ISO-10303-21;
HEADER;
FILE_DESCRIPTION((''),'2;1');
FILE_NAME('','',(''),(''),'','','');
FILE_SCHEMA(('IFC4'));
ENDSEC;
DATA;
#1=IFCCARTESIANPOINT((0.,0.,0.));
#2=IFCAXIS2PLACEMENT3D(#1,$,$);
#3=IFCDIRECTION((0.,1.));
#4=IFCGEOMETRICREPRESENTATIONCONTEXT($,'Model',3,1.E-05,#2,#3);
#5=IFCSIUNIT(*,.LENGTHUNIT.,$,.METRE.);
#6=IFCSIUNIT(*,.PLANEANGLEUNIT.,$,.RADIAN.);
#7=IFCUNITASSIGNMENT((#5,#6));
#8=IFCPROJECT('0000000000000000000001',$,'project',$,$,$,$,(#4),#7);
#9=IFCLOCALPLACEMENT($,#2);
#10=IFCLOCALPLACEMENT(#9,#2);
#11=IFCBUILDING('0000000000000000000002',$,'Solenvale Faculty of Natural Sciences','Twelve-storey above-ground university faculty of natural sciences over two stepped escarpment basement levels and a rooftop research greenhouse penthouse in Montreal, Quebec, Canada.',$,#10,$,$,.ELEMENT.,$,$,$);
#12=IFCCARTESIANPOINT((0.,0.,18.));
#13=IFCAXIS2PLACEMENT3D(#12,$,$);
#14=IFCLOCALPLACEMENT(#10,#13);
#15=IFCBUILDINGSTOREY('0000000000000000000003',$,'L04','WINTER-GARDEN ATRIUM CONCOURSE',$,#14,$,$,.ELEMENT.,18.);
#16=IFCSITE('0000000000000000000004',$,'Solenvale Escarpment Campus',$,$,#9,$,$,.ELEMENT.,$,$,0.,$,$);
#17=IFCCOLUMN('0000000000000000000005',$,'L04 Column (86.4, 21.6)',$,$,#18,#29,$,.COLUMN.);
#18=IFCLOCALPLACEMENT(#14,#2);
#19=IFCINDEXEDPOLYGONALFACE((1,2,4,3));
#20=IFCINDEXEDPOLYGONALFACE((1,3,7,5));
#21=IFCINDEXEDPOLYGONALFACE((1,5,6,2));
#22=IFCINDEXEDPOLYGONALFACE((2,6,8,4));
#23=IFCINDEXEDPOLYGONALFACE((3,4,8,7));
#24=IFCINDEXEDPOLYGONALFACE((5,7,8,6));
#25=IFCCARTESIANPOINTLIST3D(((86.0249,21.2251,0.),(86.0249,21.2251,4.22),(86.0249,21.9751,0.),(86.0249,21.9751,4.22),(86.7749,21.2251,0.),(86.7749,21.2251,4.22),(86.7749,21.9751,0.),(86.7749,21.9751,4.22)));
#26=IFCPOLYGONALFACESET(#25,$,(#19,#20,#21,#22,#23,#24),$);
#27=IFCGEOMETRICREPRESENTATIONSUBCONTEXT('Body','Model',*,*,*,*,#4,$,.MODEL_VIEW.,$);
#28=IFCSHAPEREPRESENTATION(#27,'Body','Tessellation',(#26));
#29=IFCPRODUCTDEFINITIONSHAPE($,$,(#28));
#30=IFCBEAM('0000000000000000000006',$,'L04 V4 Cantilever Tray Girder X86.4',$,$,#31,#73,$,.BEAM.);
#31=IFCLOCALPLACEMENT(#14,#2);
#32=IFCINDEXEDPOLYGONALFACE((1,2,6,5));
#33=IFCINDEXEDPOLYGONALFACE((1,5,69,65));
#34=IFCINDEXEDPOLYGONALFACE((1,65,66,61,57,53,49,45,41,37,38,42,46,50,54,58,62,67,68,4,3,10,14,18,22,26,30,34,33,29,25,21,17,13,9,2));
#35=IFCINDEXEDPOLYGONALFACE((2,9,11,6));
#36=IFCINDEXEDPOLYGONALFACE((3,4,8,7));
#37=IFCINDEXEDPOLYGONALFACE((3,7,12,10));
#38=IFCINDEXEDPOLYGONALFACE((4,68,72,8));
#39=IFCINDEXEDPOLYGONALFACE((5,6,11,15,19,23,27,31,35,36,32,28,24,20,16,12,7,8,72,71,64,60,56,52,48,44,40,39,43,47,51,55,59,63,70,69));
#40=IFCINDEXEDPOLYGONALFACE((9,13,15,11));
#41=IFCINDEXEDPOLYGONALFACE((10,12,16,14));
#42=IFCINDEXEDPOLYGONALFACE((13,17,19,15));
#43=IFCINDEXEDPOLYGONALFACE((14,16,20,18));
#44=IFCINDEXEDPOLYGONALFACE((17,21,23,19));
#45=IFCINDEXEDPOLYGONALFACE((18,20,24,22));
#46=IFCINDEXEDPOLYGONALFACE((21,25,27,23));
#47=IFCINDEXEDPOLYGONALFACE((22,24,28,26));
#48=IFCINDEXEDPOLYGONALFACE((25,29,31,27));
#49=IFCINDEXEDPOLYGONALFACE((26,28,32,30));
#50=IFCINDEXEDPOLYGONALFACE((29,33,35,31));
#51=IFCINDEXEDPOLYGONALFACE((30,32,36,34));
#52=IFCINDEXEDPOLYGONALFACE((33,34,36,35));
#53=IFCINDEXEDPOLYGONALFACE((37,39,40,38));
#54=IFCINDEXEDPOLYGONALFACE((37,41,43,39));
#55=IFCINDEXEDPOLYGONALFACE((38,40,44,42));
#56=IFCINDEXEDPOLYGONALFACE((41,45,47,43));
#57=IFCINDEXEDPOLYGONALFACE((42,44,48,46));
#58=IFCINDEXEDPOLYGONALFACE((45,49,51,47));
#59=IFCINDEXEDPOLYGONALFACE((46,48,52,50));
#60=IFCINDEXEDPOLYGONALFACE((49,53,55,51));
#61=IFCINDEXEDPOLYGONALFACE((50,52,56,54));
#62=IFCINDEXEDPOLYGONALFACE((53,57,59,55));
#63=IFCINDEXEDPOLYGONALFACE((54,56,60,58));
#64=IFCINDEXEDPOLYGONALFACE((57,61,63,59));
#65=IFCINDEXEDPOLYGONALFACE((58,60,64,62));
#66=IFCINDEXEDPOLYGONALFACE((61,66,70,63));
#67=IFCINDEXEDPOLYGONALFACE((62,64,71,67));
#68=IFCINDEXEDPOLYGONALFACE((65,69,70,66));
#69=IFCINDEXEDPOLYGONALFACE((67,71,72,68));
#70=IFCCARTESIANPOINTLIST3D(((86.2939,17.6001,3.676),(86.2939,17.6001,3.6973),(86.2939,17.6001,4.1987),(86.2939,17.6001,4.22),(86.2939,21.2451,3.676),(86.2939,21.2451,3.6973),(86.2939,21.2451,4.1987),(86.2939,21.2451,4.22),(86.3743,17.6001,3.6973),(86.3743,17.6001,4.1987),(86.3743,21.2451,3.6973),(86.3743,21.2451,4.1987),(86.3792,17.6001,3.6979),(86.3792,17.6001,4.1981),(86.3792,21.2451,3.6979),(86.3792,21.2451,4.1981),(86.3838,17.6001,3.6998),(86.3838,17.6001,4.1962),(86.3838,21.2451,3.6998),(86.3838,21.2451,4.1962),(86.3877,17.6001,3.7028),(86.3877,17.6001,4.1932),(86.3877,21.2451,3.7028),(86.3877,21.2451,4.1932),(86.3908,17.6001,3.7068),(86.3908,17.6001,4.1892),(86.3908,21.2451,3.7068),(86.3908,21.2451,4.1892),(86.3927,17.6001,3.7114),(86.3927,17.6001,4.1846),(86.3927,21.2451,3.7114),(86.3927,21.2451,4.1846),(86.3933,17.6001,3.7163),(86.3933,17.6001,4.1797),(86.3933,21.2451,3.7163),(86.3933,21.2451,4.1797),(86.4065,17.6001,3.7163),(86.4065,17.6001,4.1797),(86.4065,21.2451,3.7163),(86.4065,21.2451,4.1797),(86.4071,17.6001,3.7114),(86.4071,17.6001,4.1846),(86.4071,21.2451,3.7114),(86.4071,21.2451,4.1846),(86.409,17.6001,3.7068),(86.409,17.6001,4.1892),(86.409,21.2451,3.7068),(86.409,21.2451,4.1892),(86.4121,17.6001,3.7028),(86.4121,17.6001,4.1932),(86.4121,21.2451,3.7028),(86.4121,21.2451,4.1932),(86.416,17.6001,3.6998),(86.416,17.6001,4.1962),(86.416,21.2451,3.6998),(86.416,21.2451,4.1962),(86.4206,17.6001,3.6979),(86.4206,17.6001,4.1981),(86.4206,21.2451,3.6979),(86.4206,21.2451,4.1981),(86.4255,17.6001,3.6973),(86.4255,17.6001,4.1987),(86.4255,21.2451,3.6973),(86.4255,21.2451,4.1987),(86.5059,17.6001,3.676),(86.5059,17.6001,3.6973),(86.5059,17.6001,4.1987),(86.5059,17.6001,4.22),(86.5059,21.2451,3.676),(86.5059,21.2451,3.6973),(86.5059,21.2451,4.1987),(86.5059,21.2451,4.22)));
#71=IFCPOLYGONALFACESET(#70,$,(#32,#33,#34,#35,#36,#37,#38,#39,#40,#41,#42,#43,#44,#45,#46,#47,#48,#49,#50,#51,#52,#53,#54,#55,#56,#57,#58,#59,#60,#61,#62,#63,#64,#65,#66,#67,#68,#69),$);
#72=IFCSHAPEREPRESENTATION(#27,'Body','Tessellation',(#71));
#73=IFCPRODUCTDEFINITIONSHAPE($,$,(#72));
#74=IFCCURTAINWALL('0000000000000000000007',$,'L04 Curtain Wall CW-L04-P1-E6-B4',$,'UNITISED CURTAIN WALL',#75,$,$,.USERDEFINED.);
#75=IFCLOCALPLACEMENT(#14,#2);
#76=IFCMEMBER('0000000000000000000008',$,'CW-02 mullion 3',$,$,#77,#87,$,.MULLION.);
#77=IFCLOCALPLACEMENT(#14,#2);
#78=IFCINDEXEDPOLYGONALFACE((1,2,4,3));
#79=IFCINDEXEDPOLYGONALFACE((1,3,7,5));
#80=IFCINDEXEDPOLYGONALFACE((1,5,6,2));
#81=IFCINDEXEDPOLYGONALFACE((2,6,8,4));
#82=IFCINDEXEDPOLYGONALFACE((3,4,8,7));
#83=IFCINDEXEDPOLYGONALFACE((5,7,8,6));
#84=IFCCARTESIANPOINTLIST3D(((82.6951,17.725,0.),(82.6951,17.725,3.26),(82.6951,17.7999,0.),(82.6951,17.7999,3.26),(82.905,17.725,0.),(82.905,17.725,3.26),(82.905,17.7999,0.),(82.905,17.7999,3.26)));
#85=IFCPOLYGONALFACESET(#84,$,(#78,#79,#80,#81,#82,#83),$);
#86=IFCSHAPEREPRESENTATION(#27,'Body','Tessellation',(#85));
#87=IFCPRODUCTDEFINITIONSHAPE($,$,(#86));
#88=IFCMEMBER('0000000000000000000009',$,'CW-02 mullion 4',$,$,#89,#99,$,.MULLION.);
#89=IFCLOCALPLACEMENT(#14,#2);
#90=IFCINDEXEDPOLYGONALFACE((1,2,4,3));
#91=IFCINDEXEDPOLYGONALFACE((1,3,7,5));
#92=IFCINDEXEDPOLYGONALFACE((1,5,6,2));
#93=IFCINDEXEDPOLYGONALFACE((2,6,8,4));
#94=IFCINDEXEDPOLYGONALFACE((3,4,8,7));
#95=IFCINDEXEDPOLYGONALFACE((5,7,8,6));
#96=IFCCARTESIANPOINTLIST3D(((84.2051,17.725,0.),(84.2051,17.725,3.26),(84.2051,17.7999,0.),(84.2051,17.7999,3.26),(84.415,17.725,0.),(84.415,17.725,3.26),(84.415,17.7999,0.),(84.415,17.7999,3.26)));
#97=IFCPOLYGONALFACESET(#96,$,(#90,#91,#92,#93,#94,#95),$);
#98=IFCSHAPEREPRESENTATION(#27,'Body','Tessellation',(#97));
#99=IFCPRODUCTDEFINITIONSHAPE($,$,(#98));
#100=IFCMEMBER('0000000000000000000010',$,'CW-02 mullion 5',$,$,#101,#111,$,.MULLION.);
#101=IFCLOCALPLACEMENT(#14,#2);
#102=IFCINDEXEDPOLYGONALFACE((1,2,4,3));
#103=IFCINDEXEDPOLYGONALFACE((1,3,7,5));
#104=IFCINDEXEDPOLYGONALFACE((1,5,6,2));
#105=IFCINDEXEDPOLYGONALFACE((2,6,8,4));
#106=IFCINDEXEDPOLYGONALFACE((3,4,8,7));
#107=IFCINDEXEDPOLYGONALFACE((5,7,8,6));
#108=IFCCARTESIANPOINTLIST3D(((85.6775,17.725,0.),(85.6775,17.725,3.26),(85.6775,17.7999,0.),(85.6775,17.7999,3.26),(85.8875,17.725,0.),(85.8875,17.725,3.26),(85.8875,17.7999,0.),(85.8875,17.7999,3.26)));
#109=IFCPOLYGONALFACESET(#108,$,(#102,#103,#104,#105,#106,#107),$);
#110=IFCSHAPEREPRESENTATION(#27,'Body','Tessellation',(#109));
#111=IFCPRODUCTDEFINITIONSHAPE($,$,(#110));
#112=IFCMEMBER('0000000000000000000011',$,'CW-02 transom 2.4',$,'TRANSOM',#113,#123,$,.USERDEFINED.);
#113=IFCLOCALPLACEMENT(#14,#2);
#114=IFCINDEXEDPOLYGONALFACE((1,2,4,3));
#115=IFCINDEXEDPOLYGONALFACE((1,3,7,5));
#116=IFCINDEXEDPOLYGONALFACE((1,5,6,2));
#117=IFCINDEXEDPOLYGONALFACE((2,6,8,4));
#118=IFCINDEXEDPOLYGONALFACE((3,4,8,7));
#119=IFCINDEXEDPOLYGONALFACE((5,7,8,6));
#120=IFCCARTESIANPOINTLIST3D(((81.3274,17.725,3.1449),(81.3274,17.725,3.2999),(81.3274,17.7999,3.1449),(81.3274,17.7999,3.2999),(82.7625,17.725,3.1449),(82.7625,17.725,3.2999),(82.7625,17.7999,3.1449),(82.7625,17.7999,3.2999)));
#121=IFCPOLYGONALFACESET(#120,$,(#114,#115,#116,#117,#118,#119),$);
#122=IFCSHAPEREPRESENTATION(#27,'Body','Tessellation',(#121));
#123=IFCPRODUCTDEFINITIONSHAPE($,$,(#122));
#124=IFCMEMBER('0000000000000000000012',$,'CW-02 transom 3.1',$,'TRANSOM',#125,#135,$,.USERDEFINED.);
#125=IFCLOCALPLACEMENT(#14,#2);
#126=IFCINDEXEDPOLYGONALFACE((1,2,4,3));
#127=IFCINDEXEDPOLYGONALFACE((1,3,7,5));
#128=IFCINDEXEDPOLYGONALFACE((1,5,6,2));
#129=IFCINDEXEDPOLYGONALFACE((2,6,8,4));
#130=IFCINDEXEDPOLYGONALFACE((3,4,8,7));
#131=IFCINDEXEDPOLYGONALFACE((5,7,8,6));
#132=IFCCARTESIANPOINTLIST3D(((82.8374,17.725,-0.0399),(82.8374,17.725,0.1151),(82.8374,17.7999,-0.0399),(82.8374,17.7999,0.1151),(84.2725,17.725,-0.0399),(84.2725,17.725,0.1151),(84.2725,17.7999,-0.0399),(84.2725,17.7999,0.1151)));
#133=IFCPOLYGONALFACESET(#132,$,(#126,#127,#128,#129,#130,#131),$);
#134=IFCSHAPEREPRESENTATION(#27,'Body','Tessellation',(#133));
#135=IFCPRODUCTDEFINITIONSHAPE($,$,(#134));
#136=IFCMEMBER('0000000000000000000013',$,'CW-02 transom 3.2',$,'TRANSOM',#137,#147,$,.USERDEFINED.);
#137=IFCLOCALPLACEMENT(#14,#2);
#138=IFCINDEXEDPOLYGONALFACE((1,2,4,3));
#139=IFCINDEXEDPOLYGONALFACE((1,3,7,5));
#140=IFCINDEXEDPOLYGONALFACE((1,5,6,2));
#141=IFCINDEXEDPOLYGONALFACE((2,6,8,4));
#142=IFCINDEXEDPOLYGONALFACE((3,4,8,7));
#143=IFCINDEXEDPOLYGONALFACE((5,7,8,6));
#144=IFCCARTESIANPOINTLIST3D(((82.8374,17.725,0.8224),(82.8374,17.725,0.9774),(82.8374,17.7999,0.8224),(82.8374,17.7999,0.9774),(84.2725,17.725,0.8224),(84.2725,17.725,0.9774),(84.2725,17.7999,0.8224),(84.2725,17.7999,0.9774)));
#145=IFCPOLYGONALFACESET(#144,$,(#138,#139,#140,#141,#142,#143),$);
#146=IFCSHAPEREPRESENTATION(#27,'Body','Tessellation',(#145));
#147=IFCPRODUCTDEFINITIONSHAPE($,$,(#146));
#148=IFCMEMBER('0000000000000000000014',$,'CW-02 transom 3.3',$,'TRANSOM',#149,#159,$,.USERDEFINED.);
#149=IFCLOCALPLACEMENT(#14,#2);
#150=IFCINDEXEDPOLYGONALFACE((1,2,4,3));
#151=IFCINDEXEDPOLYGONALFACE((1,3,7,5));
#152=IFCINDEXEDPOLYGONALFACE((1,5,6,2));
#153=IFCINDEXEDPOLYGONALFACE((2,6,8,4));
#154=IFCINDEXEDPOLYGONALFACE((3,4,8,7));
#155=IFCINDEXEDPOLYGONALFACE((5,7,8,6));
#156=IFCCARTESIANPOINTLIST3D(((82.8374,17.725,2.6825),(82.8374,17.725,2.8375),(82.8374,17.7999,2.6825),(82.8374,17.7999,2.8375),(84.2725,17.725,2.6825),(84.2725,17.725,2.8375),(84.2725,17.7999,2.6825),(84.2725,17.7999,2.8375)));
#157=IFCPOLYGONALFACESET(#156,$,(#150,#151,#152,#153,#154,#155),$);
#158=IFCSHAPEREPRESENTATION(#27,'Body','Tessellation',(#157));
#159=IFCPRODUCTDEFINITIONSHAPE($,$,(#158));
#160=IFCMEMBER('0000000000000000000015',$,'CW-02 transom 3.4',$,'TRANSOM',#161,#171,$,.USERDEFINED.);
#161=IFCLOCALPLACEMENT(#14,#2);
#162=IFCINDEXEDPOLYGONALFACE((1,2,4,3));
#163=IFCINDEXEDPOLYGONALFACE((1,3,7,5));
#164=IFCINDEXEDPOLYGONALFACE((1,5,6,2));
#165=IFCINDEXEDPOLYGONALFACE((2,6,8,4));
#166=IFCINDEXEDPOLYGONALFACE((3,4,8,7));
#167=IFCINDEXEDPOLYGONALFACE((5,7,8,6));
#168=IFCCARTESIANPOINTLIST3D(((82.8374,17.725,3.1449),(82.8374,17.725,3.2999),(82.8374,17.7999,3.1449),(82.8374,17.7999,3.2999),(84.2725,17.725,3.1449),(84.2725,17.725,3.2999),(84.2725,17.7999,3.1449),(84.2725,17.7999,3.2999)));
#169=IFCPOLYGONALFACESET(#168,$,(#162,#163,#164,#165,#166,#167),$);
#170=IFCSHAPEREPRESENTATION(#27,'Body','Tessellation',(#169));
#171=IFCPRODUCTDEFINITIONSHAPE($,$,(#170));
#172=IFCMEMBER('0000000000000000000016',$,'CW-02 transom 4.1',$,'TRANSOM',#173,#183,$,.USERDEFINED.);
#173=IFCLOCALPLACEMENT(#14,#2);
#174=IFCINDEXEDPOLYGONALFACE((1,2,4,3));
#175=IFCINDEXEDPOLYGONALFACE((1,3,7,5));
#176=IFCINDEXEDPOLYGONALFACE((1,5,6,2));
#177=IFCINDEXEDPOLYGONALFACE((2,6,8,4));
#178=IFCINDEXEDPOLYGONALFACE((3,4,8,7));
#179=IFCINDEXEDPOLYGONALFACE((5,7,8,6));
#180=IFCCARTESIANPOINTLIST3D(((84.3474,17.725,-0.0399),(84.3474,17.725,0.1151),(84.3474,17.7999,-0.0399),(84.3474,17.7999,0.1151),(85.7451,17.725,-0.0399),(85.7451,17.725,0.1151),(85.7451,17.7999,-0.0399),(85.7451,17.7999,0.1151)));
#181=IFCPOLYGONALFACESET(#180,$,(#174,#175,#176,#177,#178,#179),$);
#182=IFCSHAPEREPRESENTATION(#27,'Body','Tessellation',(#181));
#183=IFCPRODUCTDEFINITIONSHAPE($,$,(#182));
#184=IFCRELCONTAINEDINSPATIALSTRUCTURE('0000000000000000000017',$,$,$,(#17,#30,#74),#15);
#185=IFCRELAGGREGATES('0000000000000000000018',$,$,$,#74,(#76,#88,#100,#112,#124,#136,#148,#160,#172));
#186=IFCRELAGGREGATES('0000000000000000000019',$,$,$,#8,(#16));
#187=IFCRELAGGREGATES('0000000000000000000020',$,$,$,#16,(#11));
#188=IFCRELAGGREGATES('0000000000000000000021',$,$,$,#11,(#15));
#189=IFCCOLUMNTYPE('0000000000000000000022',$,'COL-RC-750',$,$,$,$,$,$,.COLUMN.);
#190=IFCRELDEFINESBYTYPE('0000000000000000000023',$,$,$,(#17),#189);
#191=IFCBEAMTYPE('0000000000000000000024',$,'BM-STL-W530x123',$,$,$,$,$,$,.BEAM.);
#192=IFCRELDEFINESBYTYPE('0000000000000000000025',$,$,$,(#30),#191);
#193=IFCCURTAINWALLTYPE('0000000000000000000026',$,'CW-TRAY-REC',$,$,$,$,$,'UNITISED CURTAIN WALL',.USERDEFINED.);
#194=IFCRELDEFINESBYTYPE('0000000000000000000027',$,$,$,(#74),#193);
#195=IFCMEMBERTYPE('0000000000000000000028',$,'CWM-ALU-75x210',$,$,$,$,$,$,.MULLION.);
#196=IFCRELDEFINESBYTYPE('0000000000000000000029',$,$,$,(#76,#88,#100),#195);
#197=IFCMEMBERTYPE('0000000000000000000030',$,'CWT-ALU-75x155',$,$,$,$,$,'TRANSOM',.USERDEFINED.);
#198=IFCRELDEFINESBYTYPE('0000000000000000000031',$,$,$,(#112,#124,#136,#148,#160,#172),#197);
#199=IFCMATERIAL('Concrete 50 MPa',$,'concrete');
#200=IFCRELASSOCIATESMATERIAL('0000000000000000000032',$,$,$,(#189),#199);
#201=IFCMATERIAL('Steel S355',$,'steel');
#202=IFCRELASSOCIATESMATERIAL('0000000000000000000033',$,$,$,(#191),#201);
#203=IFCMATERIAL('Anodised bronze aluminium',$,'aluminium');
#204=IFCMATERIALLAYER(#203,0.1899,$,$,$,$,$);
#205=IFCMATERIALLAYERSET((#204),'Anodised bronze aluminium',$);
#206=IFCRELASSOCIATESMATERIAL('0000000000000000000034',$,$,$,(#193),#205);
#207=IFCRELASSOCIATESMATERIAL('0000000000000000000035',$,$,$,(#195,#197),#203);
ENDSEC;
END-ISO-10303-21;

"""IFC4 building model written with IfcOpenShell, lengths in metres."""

from ifc_helpers import new_model, si_unit, direction, frame, origin, origin_2d, place, context, subcontext, project, spatial, rectangle, i_section, extrude, material, layer, layer_set, material_profile, profile_set, type_object, element, aggregate, save


model = new_model("IFC4")

# Units and contexts
model_context = context("Model", 3, precision=1e-05, world=origin(), true_north=direction((0.0, 1.0)))
body_context = subcontext(model_context, "Body", "Model", "MODEL_VIEW")
ifc_project = project(units=[si_unit("LENGTHUNIT", "METRE"), si_unit("PLANEANGLEUNIT", "RADIAN")], contexts=[model_context])

# Site, building, storey
site_placement = place(None, origin())
site = spatial("IfcSite", under=ifc_project, at=site_placement, Name="Solenvale Escarpment Campus", CompositionType="ELEMENT", RefElevation=0.0)
building_placement = place(site_placement, origin())
building = spatial("IfcBuilding", under=site, at=building_placement, Name="Solenvale Faculty of Natural Sciences", Description="Twelve-storey above-ground university faculty of natural sciences over two stepped escarpment basement levels and a rooftop research greenhouse penthouse in Montreal, Quebec, Canada.", CompositionType="ELEMENT")
storey_placement = place(building_placement, frame((0.0, 0.0, 18.0)))
storey = spatial("IfcBuildingStorey", under=building, at=storey_placement, Name="L04", Description="WINTER-GARDEN ATRIUM CONCOURSE", CompositionType="ELEMENT", Elevation=18.0)

# Column
ifc_material_1 = material(Name="Concrete 50 MPa", Category="concrete")
ifc_material_profile_1 = material_profile(ifc_material_1, rectangle(XDim=0.75, YDim=0.75, at=origin_2d()), Name="RC-COL-750x750")
ifc_profile_set_1 = profile_set([ifc_material_profile_1], Name="Concrete 50 MPa")
column_type = type_object("IfcColumnType", Name="COL-RC-750", PredefinedType="COLUMN", material=ifc_profile_set_1)
column_placement = place(storey_placement, frame((86.3999, 21.6001, 0.0), z_axis=(0.0, 0.0, 1.0), x_axis=(1.0, 0.0, 0.0)))
element("IfcColumn", 1, at=column_placement, inside=storey, type_object=column_type, Name="L04 Column (86.4, 21.6)", PredefinedType="COLUMN", context=body_context, shape_type="SweptSolid", body=[
    extrude(rectangle(XDim=0.75, YDim=0.75, at=origin_2d()), origin(), (0.0, 0.0, 1.0), 4.22),
])

# Beam
ifc_material_2 = material(Name="Steel S355", Category="steel")
ifc_material_profile_2 = material_profile(ifc_material_2, i_section(OverallWidth=0.2119, OverallDepth=0.5439, WebThickness=0.0132, FlangeThickness=0.0212, FilletRadius=0.019, at=origin_2d()), Name="W530x123")
ifc_profile_set_2 = profile_set([ifc_material_profile_2], Name="Steel S355")
beam_type = type_object("IfcBeamType", Name="BM-STL-W530x123", PredefinedType="BEAM", material=ifc_profile_set_2)
beam_placement = place(storey_placement, frame((86.3999, 21.2451, 3.948), z_axis=(0.0, -1.0, 0.0), x_axis=(1.0, 0.0, 0.0)))
element("IfcBeam", 2, at=beam_placement, inside=storey, type_object=beam_type, Name="L04 V4 Cantilever Tray Girder X86.4", PredefinedType="BEAM", context=body_context, shape_type="SweptSolid", body=[
    extrude(i_section(OverallWidth=0.2119, OverallDepth=0.5439, WebThickness=0.0132, FlangeThickness=0.0212, FilletRadius=0.019, at=origin_2d()), origin(), (0.0, 0.0, 1.0), 3.645),
])

# Curtain wall, members
ifc_material_3 = material(Name="Anodised bronze aluminium", Category="aluminium")
ifc_layer_1 = layer(ifc_material_3, 0.1899)
ifc_layer_set_1 = layer_set([ifc_layer_1], Name="Anodised bronze aluminium")
curtain_wall_type = type_object("IfcCurtainWallType", Name="CW-TRAY-REC", ElementType="UNITISED CURTAIN WALL", PredefinedType="USERDEFINED", material=ifc_layer_set_1)
curtain_wall_placement = place(storey_placement, origin())
curtain_wall = element("IfcCurtainWall", 3, at=curtain_wall_placement, inside=storey, type_object=curtain_wall_type, Name="L04 Curtain Wall CW-L04-P1-E6-B4", ObjectType="UNITISED CURTAIN WALL", PredefinedType="USERDEFINED")
ifc_material_profile_3 = material_profile(ifc_material_3, rectangle(XDim=0.075, YDim=0.21, at=origin_2d()), Name="ALU-MUL-75x210")
ifc_profile_set_3 = profile_set([ifc_material_profile_3], Name="Anodised bronze aluminium")
member_type_1 = type_object("IfcMemberType", Name="CWM-ALU-75x210", PredefinedType="MULLION", material=ifc_profile_set_3)
member_1_placement = place(storey_placement, frame((82.8, 17.7625, 0.0), z_axis=(0.0, 0.0, 1.0), x_axis=(0.0, 1.0, 0.0)))
member_1 = element("IfcMember", 4, at=member_1_placement, type_object=member_type_1, Name="CW-02 mullion 3", PredefinedType="MULLION", context=body_context, shape_type="SweptSolid", body=[
    extrude(rectangle(XDim=0.075, YDim=0.21, at=origin_2d()), origin(), (0.0, 0.0, 1.0), 3.26),
])
member_2_placement = place(storey_placement, frame((84.3101, 17.7625, 0.0), z_axis=(0.0, 0.0, 1.0), x_axis=(0.0, 1.0, 0.0)))
member_2 = element("IfcMember", 5, at=member_2_placement, type_object=member_type_1, Name="CW-02 mullion 4", PredefinedType="MULLION", context=body_context, shape_type="SweptSolid", body=[
    extrude(rectangle(XDim=0.075, YDim=0.21, at=origin_2d()), origin(), (0.0, 0.0, 1.0), 3.26),
])
member_3_placement = place(storey_placement, frame((85.7825, 17.7625, 0.0), z_axis=(0.0, 0.0, 1.0), x_axis=(0.0, 1.0, 0.0)))
member_3 = element("IfcMember", 6, at=member_3_placement, type_object=member_type_1, Name="CW-02 mullion 5", PredefinedType="MULLION", context=body_context, shape_type="SweptSolid", body=[
    extrude(rectangle(XDim=0.075, YDim=0.21, at=origin_2d()), origin(), (0.0, 0.0, 1.0), 3.26),
])
ifc_material_profile_4 = material_profile(ifc_material_3, rectangle(XDim=0.075, YDim=0.155, at=origin_2d()), Name="ALU-TRN-75x155")
ifc_profile_set_4 = profile_set([ifc_material_profile_4], Name="Anodised bronze aluminium")
member_type_2 = type_object("IfcMemberType", Name="CWT-ALU-75x155", ElementType="TRANSOM", PredefinedType="USERDEFINED", material=ifc_profile_set_4)
member_4_placement = place(storey_placement, frame((81.3274, 17.7625, 3.2224), z_axis=(1.0, 0.0, 0.0), x_axis=(0.0, 1.0, 0.0)))
member_4 = element("IfcMember", 7, at=member_4_placement, type_object=member_type_2, Name="CW-02 transom 2.4", ObjectType="TRANSOM", PredefinedType="USERDEFINED", context=body_context, shape_type="SweptSolid", body=[
    extrude(rectangle(XDim=0.075, YDim=0.155, at=origin_2d()), origin(), (0.0, 0.0, 1.0), 1.4351),
])
member_5_placement = place(storey_placement, frame((82.8374, 17.7625, 0.0376), z_axis=(1.0, 0.0, 0.0), x_axis=(0.0, 1.0, 0.0)))
member_5 = element("IfcMember", 8, at=member_5_placement, type_object=member_type_2, Name="CW-02 transom 3.1", ObjectType="TRANSOM", PredefinedType="USERDEFINED", context=body_context, shape_type="SweptSolid", body=[
    extrude(rectangle(XDim=0.075, YDim=0.155, at=origin_2d()), origin(), (0.0, 0.0, 1.0), 1.4351),
])
member_6_placement = place(storey_placement, frame((82.8374, 17.7625, 0.8999), z_axis=(1.0, 0.0, 0.0), x_axis=(0.0, 1.0, 0.0)))
member_6 = element("IfcMember", 9, at=member_6_placement, type_object=member_type_2, Name="CW-02 transom 3.2", ObjectType="TRANSOM", PredefinedType="USERDEFINED", context=body_context, shape_type="SweptSolid", body=[
    extrude(rectangle(XDim=0.075, YDim=0.155, at=origin_2d()), origin(), (0.0, 0.0, 1.0), 1.4351),
])
member_7_placement = place(storey_placement, frame((82.8374, 17.7625, 2.76), z_axis=(1.0, 0.0, 0.0), x_axis=(0.0, 1.0, 0.0)))
member_7 = element("IfcMember", 10, at=member_7_placement, type_object=member_type_2, Name="CW-02 transom 3.3", ObjectType="TRANSOM", PredefinedType="USERDEFINED", context=body_context, shape_type="SweptSolid", body=[
    extrude(rectangle(XDim=0.075, YDim=0.155, at=origin_2d()), origin(), (0.0, 0.0, 1.0), 1.4351),
])
member_8_placement = place(storey_placement, frame((82.8374, 17.7625, 3.2224), z_axis=(1.0, 0.0, 0.0), x_axis=(0.0, 1.0, 0.0)))
member_8 = element("IfcMember", 11, at=member_8_placement, type_object=member_type_2, Name="CW-02 transom 3.4", ObjectType="TRANSOM", PredefinedType="USERDEFINED", context=body_context, shape_type="SweptSolid", body=[
    extrude(rectangle(XDim=0.075, YDim=0.155, at=origin_2d()), origin(), (0.0, 0.0, 1.0), 1.4351),
])
member_9_placement = place(storey_placement, frame((84.3474, 17.7625, 0.0376), z_axis=(1.0, 0.0, 0.0), x_axis=(0.0, 1.0, 0.0)))
member_9 = element("IfcMember", 12, at=member_9_placement, type_object=member_type_2, Name="CW-02 transom 4.1", ObjectType="TRANSOM", PredefinedType="USERDEFINED", context=body_context, shape_type="SweptSolid", body=[
    extrude(rectangle(XDim=0.075, YDim=0.155, at=origin_2d()), origin(), (0.0, 0.0, 1.0), 1.3977),
])
aggregate(curtain_wall, [member_1, member_2, member_3, member_4, member_5, member_6, member_7, member_8, member_9])

save(model, "model.ifc")
